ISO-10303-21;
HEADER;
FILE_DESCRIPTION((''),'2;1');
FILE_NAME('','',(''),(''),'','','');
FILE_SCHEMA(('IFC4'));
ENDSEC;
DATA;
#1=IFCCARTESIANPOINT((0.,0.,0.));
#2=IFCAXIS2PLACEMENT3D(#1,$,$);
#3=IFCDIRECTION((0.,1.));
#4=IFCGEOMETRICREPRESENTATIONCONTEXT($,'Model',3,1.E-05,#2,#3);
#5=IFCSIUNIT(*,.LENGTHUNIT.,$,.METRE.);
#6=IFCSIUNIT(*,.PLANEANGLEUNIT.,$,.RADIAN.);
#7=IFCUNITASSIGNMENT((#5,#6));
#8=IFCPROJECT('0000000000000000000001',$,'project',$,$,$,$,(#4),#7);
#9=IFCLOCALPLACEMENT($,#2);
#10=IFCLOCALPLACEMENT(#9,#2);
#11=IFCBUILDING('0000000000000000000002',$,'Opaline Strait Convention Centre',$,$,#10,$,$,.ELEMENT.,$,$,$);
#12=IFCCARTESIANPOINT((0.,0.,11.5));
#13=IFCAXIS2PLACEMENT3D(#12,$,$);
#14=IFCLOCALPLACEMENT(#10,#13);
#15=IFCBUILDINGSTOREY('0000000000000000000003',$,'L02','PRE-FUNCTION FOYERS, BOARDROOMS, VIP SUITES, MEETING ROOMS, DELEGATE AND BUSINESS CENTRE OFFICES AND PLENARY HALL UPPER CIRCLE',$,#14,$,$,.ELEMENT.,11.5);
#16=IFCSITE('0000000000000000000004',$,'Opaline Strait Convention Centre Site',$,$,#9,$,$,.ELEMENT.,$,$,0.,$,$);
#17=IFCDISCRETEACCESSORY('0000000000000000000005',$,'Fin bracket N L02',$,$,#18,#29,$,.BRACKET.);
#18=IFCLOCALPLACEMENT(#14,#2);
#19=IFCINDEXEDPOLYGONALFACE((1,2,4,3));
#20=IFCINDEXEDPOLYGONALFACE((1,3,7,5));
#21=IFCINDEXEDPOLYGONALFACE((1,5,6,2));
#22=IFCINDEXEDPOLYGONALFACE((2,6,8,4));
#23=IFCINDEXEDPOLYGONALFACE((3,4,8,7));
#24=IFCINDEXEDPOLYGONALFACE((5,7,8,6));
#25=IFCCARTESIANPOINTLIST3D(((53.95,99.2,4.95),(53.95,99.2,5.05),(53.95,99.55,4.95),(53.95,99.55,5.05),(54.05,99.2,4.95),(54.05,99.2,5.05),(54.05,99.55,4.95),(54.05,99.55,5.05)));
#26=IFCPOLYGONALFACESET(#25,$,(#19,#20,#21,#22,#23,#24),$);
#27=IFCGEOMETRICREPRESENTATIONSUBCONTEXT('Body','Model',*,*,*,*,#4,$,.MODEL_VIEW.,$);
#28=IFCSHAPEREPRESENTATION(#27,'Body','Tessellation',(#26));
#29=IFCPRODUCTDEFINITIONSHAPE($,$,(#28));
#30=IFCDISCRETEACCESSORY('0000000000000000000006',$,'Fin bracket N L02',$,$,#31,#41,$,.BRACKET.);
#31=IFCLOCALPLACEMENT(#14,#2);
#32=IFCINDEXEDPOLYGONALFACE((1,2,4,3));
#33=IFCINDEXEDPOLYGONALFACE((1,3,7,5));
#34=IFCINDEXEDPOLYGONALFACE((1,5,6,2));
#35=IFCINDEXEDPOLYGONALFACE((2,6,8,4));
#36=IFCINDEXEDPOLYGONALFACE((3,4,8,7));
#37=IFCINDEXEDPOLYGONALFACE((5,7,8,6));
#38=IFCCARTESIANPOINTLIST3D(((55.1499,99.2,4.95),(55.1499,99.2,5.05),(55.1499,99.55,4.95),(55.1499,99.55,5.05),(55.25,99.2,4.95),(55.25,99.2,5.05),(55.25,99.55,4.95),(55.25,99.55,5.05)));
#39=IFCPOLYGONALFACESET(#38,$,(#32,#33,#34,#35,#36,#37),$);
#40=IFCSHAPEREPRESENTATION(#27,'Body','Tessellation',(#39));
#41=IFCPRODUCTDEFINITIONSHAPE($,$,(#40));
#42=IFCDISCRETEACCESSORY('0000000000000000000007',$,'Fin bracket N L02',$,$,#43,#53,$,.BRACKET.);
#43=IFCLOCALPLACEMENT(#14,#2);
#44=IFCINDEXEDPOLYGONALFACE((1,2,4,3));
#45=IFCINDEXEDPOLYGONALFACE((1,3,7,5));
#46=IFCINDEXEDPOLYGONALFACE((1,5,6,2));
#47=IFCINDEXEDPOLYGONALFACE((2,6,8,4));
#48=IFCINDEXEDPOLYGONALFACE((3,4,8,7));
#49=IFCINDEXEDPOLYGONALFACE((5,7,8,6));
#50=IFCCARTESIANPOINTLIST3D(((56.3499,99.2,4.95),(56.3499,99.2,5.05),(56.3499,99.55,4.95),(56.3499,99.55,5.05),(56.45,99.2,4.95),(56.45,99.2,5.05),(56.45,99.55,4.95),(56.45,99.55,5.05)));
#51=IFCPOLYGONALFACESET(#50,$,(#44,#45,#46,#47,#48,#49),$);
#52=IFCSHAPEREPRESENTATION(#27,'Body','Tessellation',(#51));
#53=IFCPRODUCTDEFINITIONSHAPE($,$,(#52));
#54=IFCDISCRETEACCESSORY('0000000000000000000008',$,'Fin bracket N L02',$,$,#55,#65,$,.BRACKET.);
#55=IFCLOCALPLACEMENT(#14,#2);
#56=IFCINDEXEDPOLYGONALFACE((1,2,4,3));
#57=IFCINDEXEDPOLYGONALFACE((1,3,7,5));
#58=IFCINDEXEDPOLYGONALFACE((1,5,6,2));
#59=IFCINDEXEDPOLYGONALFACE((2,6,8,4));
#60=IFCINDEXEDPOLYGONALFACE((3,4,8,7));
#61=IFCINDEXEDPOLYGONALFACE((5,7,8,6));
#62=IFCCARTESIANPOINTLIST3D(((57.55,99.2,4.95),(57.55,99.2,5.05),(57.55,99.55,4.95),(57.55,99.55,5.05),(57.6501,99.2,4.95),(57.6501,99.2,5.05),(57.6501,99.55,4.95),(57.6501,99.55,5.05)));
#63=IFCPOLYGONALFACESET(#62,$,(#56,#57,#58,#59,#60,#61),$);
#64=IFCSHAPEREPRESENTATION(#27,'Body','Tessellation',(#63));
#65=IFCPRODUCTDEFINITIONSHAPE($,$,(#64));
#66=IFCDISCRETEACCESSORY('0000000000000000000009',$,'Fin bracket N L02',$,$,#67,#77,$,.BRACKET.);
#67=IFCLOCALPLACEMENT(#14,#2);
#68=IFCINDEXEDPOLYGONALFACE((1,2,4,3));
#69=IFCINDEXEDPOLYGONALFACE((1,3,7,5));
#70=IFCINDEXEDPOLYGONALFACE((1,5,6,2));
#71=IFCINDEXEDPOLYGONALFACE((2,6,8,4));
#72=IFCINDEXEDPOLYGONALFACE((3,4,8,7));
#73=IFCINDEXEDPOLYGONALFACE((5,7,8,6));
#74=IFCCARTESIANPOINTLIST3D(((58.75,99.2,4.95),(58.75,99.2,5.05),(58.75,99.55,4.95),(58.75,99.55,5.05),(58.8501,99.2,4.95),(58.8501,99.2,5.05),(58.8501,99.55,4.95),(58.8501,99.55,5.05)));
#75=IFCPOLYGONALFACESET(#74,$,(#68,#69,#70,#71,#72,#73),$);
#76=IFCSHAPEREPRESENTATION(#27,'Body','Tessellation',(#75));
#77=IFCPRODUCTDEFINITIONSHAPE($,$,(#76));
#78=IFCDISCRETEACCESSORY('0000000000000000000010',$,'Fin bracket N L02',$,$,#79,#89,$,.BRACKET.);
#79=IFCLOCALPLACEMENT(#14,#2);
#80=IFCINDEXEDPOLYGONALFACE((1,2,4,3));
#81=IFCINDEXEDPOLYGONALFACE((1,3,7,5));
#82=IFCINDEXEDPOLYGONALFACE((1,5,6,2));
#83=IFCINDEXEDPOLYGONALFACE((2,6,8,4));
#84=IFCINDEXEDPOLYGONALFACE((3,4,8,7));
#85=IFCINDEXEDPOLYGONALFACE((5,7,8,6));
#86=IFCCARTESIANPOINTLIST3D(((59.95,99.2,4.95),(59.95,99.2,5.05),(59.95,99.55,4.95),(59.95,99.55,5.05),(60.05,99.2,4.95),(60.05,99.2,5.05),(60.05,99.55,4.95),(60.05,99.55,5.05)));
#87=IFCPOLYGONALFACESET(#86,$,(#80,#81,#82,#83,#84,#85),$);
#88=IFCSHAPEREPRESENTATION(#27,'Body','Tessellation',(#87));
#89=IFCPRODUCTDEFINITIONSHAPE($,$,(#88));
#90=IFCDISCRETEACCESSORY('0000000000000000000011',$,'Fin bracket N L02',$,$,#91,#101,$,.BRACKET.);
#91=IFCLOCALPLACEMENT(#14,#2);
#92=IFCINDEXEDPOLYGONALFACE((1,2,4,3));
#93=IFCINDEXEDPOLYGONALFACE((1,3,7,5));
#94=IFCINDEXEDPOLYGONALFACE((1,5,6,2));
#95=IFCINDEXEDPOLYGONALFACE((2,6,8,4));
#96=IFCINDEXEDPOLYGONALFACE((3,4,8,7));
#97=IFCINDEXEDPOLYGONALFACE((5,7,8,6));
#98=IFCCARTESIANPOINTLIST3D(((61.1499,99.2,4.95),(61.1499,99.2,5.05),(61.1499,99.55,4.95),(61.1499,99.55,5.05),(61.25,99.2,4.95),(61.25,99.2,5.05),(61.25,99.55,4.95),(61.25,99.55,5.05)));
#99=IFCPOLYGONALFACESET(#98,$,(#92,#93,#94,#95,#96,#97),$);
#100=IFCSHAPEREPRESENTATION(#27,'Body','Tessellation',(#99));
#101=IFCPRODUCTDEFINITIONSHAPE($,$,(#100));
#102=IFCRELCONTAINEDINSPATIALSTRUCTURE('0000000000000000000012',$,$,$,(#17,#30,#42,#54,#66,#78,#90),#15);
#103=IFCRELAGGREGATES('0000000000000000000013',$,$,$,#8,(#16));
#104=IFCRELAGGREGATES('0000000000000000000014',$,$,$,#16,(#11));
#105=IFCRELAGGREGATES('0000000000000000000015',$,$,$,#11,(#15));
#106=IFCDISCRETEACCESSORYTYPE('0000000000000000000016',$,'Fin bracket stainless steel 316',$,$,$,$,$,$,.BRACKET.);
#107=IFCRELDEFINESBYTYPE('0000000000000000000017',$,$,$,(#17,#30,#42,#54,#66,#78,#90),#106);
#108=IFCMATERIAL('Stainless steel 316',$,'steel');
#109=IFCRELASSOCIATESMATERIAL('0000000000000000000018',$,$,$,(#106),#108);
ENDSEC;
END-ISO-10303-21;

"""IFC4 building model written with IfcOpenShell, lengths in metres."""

from ifc_helpers import new_model, si_unit, direction, frame, origin, origin_2d, place, context, subcontext, project, spatial, rectangle, extrude, material, type_object, element, save


model = new_model("IFC4")

# Units and contexts
model_context = context("Model", 3, precision=1e-05, world=origin(), true_north=direction((0.0, 1.0)))
body_context = subcontext(model_context, "Body", "Model", "MODEL_VIEW")
ifc_project = project(units=[si_unit("LENGTHUNIT", "METRE"), si_unit("PLANEANGLEUNIT", "RADIAN")], contexts=[model_context])

# Site, building, storey
site_placement = place(None, origin())
site = spatial("IfcSite", under=ifc_project, at=site_placement, Name="Opaline Strait Convention Centre Site", CompositionType="ELEMENT", RefElevation=0.0)
building_placement = place(site_placement, origin())
building = spatial("IfcBuilding", under=site, at=building_placement, Name="Opaline Strait Convention Centre", CompositionType="ELEMENT")
storey_placement = place(building_placement, frame((0.0, 0.0, 11.5)))
storey = spatial("IfcBuildingStorey", under=building, at=storey_placement, Name="L02", Description="PRE-FUNCTION FOYERS, BOARDROOMS, VIP SUITES, MEETING ROOMS, DELEGATE AND BUSINESS CENTRE OFFICES AND PLENARY HALL UPPER CIRCLE", CompositionType="ELEMENT", Elevation=11.5)

# Discrete accessories
ifc_material_1 = material(Name="Stainless steel 316", Category="steel")
discrete_accessory_type = type_object("IfcDiscreteAccessoryType", Name="Fin bracket stainless steel 316", PredefinedType="BRACKET", material=ifc_material_1)
for number, where, z_axis, x_axis, name in (
    (1, (54.0, 99.375, 4.95), (0.0, 0.0, 1.0), (1.0, 0.0, 0.0), "Fin bracket N L02"),
    (2, (55.2, 99.375, 4.95), (0.0, 0.0, 1.0), (1.0, 0.0, 0.0), "Fin bracket N L02"),
    (3, (56.3999, 99.375, 4.95), (0.0, 0.0, 1.0), (1.0, 0.0, 0.0), "Fin bracket N L02"),
    (4, (57.6001, 99.375, 4.95), (0.0, 0.0, 1.0), (1.0, 0.0, 0.0), "Fin bracket N L02"),
    (5, (58.8, 99.375, 4.95), (0.0, 0.0, 1.0), (1.0, 0.0, 0.0), "Fin bracket N L02"),
    (6, (60.0, 99.375, 4.95), (0.0, 0.0, 1.0), (1.0, 0.0, 0.0), "Fin bracket N L02"),
    (7, (61.2, 99.375, 4.95), (0.0, 0.0, 1.0), (1.0, 0.0, 0.0), "Fin bracket N L02"),
):
    element("IfcDiscreteAccessory", number, at=place(storey_placement, frame(where, z_axis=z_axis, x_axis=x_axis)), inside=storey, type_object=discrete_accessory_type, Name=name, PredefinedType="BRACKET", context=body_context, shape_type="SweptSolid", body=[
        extrude(rectangle(XDim=0.1001, YDim=0.3501, at=origin_2d()), origin(), (0.0, 0.0, 1.0), 0.1001),
    ])

save(model, "model.ifc")
